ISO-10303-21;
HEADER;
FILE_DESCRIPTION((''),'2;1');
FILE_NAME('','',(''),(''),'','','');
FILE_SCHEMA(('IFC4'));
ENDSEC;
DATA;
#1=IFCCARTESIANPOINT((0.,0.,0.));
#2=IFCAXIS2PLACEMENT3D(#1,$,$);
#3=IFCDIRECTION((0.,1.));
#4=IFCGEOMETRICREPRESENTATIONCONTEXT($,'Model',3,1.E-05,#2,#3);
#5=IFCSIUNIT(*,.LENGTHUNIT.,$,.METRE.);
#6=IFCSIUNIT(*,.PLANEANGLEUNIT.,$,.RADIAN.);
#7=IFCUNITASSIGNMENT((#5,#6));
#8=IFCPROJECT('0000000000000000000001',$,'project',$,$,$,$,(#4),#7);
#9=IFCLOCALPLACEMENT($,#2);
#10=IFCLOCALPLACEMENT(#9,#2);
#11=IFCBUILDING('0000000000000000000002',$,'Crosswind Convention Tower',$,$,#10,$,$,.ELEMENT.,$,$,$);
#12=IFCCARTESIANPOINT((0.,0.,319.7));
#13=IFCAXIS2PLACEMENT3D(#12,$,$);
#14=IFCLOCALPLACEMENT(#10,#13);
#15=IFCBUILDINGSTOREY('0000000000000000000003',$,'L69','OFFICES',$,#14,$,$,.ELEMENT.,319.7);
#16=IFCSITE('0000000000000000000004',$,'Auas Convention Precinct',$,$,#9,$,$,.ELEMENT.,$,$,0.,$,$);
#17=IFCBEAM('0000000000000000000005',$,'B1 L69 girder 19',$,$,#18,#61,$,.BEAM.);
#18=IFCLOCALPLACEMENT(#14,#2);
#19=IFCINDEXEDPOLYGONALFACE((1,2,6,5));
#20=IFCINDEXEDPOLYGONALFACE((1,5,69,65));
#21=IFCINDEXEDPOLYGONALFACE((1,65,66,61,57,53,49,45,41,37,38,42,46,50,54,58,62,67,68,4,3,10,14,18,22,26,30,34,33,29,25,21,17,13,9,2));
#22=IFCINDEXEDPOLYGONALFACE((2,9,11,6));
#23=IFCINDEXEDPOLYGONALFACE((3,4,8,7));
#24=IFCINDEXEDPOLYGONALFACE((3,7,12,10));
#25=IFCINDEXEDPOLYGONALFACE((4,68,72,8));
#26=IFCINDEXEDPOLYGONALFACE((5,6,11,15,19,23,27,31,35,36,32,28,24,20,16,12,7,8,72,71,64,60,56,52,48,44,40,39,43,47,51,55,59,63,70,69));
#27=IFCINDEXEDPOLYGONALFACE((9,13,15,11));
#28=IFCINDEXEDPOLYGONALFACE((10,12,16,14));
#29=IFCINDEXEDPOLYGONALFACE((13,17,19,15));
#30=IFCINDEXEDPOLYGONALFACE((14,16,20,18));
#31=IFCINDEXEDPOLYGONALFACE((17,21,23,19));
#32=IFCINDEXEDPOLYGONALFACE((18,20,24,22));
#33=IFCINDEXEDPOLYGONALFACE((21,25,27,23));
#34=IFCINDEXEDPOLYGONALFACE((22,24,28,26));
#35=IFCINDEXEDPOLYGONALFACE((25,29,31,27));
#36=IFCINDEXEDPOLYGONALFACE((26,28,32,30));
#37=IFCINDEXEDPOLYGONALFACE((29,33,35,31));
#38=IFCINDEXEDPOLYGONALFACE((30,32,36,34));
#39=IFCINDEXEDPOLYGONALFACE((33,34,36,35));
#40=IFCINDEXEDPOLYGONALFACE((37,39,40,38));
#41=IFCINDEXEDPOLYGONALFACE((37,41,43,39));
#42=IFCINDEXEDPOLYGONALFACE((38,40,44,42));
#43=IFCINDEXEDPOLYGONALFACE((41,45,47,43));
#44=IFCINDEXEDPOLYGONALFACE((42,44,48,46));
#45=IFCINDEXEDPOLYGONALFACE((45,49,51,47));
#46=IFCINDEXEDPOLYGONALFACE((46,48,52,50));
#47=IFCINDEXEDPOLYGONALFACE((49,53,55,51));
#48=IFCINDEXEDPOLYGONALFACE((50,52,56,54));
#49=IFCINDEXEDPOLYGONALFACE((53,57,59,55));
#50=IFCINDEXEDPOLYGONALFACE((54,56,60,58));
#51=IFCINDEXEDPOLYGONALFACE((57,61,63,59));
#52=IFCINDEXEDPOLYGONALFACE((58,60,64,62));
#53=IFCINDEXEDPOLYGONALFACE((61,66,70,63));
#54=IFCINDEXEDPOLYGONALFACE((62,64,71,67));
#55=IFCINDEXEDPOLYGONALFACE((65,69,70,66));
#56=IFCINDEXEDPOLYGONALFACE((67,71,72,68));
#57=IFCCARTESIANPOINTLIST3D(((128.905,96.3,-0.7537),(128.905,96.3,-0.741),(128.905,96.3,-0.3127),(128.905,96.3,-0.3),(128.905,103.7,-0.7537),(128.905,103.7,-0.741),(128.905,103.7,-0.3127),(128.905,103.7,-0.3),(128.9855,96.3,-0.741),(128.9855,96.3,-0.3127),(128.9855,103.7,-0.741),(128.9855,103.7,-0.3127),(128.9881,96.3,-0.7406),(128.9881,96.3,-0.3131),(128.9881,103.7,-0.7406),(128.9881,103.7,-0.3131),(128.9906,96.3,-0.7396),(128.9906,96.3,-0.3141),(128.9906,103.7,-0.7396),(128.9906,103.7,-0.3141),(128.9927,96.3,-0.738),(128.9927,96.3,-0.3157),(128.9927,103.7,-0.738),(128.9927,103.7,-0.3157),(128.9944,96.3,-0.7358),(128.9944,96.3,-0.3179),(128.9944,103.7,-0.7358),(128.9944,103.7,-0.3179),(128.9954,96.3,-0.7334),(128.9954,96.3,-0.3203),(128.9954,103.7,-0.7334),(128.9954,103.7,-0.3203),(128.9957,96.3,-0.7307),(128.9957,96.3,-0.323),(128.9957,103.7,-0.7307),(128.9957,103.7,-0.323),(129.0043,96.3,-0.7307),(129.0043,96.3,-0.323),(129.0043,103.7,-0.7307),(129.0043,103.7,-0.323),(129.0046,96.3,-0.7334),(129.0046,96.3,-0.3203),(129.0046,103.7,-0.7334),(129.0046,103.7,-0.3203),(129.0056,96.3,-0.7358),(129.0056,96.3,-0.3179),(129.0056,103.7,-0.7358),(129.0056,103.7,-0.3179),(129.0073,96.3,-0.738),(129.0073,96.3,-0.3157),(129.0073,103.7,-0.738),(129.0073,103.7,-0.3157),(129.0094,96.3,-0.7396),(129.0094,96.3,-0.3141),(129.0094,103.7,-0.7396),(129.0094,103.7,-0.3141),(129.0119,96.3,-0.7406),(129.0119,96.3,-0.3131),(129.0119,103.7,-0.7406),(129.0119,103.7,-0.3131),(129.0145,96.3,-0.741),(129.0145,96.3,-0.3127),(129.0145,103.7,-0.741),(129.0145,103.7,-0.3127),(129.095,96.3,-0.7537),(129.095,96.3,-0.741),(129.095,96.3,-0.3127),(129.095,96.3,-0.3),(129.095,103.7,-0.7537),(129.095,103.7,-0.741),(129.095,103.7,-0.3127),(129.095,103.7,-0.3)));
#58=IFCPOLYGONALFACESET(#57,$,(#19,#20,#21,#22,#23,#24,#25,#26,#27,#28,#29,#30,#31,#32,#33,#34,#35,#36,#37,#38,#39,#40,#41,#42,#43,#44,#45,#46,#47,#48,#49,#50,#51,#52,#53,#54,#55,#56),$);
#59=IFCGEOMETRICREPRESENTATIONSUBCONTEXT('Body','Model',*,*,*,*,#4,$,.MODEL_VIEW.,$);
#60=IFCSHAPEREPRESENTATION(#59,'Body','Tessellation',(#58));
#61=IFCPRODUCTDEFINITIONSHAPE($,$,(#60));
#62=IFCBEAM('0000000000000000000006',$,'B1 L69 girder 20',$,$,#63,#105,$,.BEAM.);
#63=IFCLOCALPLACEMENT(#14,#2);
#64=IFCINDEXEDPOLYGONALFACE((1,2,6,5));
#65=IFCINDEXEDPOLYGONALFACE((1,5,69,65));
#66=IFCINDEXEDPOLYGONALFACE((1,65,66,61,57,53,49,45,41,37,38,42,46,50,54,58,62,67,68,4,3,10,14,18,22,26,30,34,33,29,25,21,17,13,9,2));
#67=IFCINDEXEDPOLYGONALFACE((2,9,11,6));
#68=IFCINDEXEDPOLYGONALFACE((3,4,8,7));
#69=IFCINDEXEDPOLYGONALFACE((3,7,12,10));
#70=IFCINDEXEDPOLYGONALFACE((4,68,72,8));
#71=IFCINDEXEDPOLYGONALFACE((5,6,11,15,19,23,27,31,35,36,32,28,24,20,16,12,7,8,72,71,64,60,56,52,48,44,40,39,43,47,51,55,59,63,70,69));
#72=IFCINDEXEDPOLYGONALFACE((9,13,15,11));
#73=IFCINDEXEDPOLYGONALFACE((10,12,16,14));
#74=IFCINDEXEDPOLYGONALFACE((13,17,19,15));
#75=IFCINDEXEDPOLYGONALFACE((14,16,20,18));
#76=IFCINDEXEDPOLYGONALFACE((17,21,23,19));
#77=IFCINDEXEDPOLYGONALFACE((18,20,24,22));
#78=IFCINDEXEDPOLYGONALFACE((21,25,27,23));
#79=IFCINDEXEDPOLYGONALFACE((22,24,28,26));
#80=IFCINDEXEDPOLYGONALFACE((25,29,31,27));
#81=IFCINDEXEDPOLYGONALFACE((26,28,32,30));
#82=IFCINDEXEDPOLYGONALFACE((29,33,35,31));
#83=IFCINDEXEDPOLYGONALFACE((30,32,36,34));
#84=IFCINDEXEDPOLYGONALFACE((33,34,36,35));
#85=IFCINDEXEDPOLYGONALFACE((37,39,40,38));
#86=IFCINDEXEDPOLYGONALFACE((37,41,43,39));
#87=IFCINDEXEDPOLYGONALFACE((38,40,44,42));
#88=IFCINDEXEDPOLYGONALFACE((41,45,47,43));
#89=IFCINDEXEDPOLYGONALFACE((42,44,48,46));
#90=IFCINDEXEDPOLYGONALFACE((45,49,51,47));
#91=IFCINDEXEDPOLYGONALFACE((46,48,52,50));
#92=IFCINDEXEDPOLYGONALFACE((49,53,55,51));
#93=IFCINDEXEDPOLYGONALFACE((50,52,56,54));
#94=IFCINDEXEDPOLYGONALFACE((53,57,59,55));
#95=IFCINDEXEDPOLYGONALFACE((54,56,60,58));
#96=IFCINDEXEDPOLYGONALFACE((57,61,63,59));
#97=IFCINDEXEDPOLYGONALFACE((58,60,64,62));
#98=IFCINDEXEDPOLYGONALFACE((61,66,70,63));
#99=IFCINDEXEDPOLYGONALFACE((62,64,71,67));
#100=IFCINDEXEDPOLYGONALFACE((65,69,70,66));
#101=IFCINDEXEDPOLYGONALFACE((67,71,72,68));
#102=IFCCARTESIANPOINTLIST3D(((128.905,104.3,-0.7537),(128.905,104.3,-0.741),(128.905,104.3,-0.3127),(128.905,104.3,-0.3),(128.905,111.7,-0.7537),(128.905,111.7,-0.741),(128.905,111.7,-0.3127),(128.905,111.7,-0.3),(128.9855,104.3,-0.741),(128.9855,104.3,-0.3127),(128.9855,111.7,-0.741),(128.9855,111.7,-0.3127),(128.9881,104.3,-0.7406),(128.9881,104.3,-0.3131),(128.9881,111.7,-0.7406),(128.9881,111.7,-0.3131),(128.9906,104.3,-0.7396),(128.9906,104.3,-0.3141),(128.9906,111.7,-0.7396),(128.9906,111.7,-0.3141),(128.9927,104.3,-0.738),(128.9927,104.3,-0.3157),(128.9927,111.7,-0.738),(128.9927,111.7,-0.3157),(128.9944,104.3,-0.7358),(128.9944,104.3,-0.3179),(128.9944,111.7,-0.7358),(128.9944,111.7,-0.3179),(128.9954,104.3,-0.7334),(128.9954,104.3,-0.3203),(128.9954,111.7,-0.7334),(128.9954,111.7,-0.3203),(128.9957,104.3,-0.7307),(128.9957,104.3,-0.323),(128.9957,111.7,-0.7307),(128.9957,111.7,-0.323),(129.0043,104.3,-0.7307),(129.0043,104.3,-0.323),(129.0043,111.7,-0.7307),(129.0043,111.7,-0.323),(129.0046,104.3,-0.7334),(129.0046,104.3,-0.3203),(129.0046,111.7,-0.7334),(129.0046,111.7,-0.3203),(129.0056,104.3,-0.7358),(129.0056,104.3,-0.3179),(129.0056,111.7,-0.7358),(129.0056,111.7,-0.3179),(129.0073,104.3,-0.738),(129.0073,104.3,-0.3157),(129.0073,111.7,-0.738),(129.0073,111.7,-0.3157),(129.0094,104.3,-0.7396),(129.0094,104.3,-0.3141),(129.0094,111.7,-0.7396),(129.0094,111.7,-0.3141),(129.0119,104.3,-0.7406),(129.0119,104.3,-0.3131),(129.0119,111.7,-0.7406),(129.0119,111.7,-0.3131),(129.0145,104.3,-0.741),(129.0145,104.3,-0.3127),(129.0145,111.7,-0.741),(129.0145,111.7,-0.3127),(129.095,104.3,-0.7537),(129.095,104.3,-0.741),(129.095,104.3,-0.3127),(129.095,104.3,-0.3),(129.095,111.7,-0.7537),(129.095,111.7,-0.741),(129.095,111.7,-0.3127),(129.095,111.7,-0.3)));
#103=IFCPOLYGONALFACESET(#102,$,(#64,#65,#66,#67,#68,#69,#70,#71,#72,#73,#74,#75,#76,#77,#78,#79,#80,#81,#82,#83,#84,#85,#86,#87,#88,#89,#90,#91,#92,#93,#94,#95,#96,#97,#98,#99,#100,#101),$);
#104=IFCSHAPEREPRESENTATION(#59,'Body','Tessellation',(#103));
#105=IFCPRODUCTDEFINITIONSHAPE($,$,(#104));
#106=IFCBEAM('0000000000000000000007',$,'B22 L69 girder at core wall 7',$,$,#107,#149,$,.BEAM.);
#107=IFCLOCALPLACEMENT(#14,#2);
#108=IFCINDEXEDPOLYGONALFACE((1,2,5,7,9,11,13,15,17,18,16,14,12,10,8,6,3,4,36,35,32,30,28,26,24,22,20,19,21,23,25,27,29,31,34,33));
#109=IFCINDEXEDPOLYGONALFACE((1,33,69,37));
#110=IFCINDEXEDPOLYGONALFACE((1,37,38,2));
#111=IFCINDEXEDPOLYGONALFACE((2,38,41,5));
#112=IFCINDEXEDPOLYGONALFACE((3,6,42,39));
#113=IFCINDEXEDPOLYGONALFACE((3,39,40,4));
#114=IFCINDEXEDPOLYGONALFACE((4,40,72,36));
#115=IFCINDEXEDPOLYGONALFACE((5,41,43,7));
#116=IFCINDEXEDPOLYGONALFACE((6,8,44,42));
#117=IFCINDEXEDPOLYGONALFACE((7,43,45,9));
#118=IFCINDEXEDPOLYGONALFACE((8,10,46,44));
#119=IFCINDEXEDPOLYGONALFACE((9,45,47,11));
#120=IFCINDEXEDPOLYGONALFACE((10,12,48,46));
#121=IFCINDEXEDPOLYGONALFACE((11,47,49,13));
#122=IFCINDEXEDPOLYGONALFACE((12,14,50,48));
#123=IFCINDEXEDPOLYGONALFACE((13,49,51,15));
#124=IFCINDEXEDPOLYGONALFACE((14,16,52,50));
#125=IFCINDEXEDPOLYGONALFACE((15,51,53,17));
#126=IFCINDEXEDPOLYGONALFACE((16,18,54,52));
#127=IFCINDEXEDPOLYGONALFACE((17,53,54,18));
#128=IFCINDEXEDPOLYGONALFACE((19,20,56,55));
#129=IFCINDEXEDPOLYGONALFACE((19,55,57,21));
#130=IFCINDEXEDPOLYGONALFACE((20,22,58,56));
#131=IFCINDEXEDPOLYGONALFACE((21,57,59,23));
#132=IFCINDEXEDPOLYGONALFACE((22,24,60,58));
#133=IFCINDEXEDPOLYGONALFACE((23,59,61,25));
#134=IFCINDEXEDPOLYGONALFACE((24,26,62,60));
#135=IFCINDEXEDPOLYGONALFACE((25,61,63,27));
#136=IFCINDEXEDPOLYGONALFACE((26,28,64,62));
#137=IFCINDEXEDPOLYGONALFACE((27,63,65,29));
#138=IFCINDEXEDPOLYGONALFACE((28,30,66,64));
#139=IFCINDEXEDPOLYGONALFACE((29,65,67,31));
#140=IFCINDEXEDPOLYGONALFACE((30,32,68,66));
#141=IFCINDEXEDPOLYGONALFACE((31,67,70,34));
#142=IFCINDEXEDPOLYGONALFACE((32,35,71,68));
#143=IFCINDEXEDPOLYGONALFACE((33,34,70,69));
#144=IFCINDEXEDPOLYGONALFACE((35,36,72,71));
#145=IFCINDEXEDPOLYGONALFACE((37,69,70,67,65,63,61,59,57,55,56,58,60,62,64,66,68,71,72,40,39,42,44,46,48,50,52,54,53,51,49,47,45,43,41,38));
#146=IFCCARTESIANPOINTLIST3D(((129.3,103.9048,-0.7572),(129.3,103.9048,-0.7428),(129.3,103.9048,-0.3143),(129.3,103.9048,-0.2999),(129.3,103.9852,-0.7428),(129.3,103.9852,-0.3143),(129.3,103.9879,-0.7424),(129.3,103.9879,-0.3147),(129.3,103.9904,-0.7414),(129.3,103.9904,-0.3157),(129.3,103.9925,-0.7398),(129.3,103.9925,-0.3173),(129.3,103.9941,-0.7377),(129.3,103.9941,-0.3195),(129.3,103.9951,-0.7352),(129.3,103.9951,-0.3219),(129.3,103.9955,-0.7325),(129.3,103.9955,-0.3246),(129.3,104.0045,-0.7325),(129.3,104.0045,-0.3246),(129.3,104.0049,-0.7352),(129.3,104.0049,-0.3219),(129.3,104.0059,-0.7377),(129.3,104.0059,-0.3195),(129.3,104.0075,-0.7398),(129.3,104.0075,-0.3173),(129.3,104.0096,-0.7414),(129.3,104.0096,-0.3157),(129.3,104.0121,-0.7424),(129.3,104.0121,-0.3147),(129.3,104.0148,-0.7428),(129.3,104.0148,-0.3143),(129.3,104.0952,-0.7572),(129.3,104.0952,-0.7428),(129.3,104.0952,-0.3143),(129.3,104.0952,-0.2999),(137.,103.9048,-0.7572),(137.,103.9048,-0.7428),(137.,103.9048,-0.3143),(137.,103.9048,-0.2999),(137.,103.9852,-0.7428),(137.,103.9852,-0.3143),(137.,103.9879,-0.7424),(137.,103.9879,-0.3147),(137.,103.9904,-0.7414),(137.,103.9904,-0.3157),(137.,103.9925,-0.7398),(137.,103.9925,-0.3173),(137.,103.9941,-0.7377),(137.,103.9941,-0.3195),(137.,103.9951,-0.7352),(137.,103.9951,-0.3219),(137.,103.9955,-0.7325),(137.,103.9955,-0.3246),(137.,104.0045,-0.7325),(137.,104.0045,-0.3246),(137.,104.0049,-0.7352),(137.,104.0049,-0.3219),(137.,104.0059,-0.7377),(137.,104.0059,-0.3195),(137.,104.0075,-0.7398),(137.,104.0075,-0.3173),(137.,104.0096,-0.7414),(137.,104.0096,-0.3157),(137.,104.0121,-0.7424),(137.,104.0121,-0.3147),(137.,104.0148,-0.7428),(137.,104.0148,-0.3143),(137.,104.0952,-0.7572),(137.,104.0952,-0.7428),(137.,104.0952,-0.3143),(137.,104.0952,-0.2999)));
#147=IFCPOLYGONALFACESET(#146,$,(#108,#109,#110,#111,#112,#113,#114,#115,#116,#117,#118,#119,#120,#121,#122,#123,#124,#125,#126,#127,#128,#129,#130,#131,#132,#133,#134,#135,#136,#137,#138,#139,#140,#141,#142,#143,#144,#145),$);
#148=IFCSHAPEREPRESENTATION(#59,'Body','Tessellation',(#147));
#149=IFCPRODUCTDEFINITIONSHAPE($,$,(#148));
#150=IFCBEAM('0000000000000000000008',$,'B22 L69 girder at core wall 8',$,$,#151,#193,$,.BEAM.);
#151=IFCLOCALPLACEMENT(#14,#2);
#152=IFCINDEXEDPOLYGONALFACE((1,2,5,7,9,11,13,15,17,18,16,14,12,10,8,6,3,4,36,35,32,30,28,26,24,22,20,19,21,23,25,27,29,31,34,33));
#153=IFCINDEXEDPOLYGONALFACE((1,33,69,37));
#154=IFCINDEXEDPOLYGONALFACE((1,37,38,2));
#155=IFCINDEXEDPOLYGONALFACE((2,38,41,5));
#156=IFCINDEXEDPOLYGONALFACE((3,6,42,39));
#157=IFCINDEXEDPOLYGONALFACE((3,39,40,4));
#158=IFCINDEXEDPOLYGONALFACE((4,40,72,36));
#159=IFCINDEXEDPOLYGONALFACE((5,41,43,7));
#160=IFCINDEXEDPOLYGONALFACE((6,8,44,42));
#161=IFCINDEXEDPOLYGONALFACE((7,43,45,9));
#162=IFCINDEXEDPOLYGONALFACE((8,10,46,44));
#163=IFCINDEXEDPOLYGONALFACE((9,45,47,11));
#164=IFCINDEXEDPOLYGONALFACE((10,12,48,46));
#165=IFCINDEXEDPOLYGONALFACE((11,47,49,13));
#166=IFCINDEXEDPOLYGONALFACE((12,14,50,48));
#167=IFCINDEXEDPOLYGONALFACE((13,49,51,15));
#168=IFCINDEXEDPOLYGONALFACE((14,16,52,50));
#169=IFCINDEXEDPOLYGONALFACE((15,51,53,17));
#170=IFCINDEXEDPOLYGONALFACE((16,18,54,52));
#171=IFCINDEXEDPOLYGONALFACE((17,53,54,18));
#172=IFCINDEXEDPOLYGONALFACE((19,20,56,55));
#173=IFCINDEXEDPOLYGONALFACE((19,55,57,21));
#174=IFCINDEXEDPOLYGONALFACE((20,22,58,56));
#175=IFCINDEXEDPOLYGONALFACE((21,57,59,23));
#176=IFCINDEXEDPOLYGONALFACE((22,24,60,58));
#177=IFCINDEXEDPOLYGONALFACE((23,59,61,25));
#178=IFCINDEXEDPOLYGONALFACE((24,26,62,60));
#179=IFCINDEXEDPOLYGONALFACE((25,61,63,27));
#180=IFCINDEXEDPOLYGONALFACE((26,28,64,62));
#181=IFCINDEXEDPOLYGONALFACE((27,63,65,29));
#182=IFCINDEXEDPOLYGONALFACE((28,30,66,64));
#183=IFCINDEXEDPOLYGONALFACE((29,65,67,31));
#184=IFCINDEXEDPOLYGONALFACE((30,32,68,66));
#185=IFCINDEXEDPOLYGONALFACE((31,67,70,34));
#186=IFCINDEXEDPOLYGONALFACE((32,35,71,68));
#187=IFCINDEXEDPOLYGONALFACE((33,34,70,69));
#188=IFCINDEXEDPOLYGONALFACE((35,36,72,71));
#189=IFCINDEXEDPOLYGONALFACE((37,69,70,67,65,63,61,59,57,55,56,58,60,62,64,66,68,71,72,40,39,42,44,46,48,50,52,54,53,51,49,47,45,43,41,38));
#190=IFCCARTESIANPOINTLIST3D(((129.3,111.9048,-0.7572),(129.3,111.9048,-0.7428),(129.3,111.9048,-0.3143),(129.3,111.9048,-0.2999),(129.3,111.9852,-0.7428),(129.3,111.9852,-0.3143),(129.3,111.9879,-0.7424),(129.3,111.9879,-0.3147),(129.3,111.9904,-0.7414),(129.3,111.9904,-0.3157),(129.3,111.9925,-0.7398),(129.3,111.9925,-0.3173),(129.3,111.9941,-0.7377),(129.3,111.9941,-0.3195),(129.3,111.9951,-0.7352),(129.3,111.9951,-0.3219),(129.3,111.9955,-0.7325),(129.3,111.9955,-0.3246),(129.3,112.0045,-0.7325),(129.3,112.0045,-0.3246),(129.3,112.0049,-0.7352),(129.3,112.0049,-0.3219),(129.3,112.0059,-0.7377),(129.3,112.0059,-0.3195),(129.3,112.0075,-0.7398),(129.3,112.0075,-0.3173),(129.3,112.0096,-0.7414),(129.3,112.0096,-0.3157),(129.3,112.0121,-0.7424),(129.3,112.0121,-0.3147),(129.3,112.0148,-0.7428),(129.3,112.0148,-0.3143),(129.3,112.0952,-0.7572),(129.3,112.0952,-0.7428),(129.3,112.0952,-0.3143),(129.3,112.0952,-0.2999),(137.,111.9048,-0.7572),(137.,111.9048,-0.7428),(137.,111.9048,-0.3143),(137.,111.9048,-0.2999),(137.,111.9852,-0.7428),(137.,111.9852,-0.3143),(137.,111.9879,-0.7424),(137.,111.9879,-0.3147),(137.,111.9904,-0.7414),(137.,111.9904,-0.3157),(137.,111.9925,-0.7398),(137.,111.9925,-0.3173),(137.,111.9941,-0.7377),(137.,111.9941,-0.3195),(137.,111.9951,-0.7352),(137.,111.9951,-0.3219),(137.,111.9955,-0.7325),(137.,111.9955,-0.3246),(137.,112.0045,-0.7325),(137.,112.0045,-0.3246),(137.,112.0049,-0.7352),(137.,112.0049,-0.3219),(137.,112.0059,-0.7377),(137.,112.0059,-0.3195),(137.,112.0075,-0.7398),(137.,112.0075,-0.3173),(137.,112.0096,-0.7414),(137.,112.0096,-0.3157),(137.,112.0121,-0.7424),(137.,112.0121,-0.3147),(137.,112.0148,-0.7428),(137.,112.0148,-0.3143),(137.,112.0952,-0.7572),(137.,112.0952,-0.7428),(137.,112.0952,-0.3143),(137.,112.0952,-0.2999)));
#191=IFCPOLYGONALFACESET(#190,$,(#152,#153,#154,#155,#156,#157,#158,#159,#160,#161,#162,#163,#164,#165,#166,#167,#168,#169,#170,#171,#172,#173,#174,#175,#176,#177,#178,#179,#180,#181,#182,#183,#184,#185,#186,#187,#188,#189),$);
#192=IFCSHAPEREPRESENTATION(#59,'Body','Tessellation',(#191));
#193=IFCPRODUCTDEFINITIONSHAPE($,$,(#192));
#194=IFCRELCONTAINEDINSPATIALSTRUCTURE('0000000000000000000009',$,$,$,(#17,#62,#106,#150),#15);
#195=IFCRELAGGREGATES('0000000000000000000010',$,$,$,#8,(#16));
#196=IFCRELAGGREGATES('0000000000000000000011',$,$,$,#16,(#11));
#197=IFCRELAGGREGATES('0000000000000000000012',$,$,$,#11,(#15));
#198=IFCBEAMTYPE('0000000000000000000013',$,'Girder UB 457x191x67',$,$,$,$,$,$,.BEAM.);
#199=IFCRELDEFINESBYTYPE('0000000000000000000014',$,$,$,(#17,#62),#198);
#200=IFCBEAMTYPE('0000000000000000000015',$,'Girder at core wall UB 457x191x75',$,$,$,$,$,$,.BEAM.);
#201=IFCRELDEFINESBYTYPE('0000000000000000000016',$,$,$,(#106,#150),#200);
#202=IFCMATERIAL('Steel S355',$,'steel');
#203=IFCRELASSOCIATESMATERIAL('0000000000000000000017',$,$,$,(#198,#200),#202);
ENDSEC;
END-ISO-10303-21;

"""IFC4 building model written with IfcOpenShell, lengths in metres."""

from ifc_helpers import new_model, si_unit, direction, frame, origin, origin_2d, place, context, subcontext, project, spatial, i_section, extrude, material, material_profile, profile_set, type_object, element, save


model = new_model("IFC4")

# Units and contexts
model_context = context("Model", 3, precision=1e-05, world=origin(), true_north=direction((0.0, 1.0)))
body_context = subcontext(model_context, "Body", "Model", "MODEL_VIEW")
ifc_project = project(units=[si_unit("LENGTHUNIT", "METRE"), si_unit("PLANEANGLEUNIT", "RADIAN")], contexts=[model_context])

# Site, building, storey
site_placement = place(None, origin())
site = spatial("IfcSite", under=ifc_project, at=site_placement, Name="Auas Convention Precinct", CompositionType="ELEMENT", RefElevation=0.0)
building_placement = place(site_placement, origin())
building = spatial("IfcBuilding", under=site, at=building_placement, Name="Crosswind Convention Tower", CompositionType="ELEMENT")
storey_placement = place(building_placement, frame((0.0, 0.0, 319.7)))
storey = spatial("IfcBuildingStorey", under=building, at=storey_placement, Name="L69", Description="OFFICES", CompositionType="ELEMENT", Elevation=319.7)

# Beams
ifc_material_1 = material(Name="Steel S355", Category="steel")
ifc_material_profile_1 = material_profile(ifc_material_1, i_section(OverallWidth=0.1899, OverallDepth=0.4536, WebThickness=0.0085, FlangeThickness=0.0127, FilletRadius=0.0103, at=origin_2d()), Name="UB 457x191x67")
ifc_profile_set_1 = profile_set([ifc_material_profile_1], Name="Steel S355")
beam_type_1 = type_object("IfcBeamType", Name="Girder UB 457x191x67", PredefinedType="BEAM", material=ifc_profile_set_1)
for number, where, z_axis, x_axis, name in (
    (1, (129.0, 96.3, -0.5269), (0.0, 1.0, 0.0), (-1.0, 0.0, 0.0), "B1 L69 girder 19"),
    (2, (129.0, 104.3, -0.5269), (0.0, 1.0, 0.0), (-1.0, 0.0, 0.0), "B1 L69 girder 20"),
):
    element("IfcBeam", number, at=place(storey_placement, frame(where, z_axis=z_axis, x_axis=x_axis)), inside=storey, type_object=beam_type_1, Name=name, PredefinedType="BEAM", context=body_context, shape_type="SweptSolid", body=[
        extrude(i_section(OverallWidth=0.1899, OverallDepth=0.4536, WebThickness=0.0085, FlangeThickness=0.0127, FilletRadius=0.0103, at=origin_2d()), origin(), (0.0, 0.0, 1.0), 7.3999),
    ])
ifc_material_profile_2 = material_profile(ifc_material_1, i_section(OverallWidth=0.1904, OverallDepth=0.4573, WebThickness=0.009, FlangeThickness=0.0144, FilletRadius=0.0103, at=origin_2d()), Name="UB 457x191x75")
ifc_profile_set_2 = profile_set([ifc_material_profile_2], Name="Steel S355")
beam_type_2 = type_object("IfcBeamType", Name="Girder at core wall UB 457x191x75", PredefinedType="BEAM", material=ifc_profile_set_2)
for number, where, z_axis, x_axis, name in (
    (3, (129.3, 104.0, -0.5286), (1.0, 0.0, 0.0), (0.0, 1.0, 0.0), "B22 L69 girder at core wall 7"),
    (4, (129.3, 112.0, -0.5286), (1.0, 0.0, 0.0), (0.0, 1.0, 0.0), "B22 L69 girder at core wall 8"),
):
    element("IfcBeam", number, at=place(storey_placement, frame(where, z_axis=z_axis, x_axis=x_axis)), inside=storey, type_object=beam_type_2, Name=name, PredefinedType="BEAM", context=body_context, shape_type="SweptSolid", body=[
        extrude(i_section(OverallWidth=0.1904, OverallDepth=0.4573, WebThickness=0.009, FlangeThickness=0.0144, FilletRadius=0.0103, at=origin_2d()), origin(), (0.0, 0.0, 1.0), 7.7),
    ])

save(model, "model.ifc")
